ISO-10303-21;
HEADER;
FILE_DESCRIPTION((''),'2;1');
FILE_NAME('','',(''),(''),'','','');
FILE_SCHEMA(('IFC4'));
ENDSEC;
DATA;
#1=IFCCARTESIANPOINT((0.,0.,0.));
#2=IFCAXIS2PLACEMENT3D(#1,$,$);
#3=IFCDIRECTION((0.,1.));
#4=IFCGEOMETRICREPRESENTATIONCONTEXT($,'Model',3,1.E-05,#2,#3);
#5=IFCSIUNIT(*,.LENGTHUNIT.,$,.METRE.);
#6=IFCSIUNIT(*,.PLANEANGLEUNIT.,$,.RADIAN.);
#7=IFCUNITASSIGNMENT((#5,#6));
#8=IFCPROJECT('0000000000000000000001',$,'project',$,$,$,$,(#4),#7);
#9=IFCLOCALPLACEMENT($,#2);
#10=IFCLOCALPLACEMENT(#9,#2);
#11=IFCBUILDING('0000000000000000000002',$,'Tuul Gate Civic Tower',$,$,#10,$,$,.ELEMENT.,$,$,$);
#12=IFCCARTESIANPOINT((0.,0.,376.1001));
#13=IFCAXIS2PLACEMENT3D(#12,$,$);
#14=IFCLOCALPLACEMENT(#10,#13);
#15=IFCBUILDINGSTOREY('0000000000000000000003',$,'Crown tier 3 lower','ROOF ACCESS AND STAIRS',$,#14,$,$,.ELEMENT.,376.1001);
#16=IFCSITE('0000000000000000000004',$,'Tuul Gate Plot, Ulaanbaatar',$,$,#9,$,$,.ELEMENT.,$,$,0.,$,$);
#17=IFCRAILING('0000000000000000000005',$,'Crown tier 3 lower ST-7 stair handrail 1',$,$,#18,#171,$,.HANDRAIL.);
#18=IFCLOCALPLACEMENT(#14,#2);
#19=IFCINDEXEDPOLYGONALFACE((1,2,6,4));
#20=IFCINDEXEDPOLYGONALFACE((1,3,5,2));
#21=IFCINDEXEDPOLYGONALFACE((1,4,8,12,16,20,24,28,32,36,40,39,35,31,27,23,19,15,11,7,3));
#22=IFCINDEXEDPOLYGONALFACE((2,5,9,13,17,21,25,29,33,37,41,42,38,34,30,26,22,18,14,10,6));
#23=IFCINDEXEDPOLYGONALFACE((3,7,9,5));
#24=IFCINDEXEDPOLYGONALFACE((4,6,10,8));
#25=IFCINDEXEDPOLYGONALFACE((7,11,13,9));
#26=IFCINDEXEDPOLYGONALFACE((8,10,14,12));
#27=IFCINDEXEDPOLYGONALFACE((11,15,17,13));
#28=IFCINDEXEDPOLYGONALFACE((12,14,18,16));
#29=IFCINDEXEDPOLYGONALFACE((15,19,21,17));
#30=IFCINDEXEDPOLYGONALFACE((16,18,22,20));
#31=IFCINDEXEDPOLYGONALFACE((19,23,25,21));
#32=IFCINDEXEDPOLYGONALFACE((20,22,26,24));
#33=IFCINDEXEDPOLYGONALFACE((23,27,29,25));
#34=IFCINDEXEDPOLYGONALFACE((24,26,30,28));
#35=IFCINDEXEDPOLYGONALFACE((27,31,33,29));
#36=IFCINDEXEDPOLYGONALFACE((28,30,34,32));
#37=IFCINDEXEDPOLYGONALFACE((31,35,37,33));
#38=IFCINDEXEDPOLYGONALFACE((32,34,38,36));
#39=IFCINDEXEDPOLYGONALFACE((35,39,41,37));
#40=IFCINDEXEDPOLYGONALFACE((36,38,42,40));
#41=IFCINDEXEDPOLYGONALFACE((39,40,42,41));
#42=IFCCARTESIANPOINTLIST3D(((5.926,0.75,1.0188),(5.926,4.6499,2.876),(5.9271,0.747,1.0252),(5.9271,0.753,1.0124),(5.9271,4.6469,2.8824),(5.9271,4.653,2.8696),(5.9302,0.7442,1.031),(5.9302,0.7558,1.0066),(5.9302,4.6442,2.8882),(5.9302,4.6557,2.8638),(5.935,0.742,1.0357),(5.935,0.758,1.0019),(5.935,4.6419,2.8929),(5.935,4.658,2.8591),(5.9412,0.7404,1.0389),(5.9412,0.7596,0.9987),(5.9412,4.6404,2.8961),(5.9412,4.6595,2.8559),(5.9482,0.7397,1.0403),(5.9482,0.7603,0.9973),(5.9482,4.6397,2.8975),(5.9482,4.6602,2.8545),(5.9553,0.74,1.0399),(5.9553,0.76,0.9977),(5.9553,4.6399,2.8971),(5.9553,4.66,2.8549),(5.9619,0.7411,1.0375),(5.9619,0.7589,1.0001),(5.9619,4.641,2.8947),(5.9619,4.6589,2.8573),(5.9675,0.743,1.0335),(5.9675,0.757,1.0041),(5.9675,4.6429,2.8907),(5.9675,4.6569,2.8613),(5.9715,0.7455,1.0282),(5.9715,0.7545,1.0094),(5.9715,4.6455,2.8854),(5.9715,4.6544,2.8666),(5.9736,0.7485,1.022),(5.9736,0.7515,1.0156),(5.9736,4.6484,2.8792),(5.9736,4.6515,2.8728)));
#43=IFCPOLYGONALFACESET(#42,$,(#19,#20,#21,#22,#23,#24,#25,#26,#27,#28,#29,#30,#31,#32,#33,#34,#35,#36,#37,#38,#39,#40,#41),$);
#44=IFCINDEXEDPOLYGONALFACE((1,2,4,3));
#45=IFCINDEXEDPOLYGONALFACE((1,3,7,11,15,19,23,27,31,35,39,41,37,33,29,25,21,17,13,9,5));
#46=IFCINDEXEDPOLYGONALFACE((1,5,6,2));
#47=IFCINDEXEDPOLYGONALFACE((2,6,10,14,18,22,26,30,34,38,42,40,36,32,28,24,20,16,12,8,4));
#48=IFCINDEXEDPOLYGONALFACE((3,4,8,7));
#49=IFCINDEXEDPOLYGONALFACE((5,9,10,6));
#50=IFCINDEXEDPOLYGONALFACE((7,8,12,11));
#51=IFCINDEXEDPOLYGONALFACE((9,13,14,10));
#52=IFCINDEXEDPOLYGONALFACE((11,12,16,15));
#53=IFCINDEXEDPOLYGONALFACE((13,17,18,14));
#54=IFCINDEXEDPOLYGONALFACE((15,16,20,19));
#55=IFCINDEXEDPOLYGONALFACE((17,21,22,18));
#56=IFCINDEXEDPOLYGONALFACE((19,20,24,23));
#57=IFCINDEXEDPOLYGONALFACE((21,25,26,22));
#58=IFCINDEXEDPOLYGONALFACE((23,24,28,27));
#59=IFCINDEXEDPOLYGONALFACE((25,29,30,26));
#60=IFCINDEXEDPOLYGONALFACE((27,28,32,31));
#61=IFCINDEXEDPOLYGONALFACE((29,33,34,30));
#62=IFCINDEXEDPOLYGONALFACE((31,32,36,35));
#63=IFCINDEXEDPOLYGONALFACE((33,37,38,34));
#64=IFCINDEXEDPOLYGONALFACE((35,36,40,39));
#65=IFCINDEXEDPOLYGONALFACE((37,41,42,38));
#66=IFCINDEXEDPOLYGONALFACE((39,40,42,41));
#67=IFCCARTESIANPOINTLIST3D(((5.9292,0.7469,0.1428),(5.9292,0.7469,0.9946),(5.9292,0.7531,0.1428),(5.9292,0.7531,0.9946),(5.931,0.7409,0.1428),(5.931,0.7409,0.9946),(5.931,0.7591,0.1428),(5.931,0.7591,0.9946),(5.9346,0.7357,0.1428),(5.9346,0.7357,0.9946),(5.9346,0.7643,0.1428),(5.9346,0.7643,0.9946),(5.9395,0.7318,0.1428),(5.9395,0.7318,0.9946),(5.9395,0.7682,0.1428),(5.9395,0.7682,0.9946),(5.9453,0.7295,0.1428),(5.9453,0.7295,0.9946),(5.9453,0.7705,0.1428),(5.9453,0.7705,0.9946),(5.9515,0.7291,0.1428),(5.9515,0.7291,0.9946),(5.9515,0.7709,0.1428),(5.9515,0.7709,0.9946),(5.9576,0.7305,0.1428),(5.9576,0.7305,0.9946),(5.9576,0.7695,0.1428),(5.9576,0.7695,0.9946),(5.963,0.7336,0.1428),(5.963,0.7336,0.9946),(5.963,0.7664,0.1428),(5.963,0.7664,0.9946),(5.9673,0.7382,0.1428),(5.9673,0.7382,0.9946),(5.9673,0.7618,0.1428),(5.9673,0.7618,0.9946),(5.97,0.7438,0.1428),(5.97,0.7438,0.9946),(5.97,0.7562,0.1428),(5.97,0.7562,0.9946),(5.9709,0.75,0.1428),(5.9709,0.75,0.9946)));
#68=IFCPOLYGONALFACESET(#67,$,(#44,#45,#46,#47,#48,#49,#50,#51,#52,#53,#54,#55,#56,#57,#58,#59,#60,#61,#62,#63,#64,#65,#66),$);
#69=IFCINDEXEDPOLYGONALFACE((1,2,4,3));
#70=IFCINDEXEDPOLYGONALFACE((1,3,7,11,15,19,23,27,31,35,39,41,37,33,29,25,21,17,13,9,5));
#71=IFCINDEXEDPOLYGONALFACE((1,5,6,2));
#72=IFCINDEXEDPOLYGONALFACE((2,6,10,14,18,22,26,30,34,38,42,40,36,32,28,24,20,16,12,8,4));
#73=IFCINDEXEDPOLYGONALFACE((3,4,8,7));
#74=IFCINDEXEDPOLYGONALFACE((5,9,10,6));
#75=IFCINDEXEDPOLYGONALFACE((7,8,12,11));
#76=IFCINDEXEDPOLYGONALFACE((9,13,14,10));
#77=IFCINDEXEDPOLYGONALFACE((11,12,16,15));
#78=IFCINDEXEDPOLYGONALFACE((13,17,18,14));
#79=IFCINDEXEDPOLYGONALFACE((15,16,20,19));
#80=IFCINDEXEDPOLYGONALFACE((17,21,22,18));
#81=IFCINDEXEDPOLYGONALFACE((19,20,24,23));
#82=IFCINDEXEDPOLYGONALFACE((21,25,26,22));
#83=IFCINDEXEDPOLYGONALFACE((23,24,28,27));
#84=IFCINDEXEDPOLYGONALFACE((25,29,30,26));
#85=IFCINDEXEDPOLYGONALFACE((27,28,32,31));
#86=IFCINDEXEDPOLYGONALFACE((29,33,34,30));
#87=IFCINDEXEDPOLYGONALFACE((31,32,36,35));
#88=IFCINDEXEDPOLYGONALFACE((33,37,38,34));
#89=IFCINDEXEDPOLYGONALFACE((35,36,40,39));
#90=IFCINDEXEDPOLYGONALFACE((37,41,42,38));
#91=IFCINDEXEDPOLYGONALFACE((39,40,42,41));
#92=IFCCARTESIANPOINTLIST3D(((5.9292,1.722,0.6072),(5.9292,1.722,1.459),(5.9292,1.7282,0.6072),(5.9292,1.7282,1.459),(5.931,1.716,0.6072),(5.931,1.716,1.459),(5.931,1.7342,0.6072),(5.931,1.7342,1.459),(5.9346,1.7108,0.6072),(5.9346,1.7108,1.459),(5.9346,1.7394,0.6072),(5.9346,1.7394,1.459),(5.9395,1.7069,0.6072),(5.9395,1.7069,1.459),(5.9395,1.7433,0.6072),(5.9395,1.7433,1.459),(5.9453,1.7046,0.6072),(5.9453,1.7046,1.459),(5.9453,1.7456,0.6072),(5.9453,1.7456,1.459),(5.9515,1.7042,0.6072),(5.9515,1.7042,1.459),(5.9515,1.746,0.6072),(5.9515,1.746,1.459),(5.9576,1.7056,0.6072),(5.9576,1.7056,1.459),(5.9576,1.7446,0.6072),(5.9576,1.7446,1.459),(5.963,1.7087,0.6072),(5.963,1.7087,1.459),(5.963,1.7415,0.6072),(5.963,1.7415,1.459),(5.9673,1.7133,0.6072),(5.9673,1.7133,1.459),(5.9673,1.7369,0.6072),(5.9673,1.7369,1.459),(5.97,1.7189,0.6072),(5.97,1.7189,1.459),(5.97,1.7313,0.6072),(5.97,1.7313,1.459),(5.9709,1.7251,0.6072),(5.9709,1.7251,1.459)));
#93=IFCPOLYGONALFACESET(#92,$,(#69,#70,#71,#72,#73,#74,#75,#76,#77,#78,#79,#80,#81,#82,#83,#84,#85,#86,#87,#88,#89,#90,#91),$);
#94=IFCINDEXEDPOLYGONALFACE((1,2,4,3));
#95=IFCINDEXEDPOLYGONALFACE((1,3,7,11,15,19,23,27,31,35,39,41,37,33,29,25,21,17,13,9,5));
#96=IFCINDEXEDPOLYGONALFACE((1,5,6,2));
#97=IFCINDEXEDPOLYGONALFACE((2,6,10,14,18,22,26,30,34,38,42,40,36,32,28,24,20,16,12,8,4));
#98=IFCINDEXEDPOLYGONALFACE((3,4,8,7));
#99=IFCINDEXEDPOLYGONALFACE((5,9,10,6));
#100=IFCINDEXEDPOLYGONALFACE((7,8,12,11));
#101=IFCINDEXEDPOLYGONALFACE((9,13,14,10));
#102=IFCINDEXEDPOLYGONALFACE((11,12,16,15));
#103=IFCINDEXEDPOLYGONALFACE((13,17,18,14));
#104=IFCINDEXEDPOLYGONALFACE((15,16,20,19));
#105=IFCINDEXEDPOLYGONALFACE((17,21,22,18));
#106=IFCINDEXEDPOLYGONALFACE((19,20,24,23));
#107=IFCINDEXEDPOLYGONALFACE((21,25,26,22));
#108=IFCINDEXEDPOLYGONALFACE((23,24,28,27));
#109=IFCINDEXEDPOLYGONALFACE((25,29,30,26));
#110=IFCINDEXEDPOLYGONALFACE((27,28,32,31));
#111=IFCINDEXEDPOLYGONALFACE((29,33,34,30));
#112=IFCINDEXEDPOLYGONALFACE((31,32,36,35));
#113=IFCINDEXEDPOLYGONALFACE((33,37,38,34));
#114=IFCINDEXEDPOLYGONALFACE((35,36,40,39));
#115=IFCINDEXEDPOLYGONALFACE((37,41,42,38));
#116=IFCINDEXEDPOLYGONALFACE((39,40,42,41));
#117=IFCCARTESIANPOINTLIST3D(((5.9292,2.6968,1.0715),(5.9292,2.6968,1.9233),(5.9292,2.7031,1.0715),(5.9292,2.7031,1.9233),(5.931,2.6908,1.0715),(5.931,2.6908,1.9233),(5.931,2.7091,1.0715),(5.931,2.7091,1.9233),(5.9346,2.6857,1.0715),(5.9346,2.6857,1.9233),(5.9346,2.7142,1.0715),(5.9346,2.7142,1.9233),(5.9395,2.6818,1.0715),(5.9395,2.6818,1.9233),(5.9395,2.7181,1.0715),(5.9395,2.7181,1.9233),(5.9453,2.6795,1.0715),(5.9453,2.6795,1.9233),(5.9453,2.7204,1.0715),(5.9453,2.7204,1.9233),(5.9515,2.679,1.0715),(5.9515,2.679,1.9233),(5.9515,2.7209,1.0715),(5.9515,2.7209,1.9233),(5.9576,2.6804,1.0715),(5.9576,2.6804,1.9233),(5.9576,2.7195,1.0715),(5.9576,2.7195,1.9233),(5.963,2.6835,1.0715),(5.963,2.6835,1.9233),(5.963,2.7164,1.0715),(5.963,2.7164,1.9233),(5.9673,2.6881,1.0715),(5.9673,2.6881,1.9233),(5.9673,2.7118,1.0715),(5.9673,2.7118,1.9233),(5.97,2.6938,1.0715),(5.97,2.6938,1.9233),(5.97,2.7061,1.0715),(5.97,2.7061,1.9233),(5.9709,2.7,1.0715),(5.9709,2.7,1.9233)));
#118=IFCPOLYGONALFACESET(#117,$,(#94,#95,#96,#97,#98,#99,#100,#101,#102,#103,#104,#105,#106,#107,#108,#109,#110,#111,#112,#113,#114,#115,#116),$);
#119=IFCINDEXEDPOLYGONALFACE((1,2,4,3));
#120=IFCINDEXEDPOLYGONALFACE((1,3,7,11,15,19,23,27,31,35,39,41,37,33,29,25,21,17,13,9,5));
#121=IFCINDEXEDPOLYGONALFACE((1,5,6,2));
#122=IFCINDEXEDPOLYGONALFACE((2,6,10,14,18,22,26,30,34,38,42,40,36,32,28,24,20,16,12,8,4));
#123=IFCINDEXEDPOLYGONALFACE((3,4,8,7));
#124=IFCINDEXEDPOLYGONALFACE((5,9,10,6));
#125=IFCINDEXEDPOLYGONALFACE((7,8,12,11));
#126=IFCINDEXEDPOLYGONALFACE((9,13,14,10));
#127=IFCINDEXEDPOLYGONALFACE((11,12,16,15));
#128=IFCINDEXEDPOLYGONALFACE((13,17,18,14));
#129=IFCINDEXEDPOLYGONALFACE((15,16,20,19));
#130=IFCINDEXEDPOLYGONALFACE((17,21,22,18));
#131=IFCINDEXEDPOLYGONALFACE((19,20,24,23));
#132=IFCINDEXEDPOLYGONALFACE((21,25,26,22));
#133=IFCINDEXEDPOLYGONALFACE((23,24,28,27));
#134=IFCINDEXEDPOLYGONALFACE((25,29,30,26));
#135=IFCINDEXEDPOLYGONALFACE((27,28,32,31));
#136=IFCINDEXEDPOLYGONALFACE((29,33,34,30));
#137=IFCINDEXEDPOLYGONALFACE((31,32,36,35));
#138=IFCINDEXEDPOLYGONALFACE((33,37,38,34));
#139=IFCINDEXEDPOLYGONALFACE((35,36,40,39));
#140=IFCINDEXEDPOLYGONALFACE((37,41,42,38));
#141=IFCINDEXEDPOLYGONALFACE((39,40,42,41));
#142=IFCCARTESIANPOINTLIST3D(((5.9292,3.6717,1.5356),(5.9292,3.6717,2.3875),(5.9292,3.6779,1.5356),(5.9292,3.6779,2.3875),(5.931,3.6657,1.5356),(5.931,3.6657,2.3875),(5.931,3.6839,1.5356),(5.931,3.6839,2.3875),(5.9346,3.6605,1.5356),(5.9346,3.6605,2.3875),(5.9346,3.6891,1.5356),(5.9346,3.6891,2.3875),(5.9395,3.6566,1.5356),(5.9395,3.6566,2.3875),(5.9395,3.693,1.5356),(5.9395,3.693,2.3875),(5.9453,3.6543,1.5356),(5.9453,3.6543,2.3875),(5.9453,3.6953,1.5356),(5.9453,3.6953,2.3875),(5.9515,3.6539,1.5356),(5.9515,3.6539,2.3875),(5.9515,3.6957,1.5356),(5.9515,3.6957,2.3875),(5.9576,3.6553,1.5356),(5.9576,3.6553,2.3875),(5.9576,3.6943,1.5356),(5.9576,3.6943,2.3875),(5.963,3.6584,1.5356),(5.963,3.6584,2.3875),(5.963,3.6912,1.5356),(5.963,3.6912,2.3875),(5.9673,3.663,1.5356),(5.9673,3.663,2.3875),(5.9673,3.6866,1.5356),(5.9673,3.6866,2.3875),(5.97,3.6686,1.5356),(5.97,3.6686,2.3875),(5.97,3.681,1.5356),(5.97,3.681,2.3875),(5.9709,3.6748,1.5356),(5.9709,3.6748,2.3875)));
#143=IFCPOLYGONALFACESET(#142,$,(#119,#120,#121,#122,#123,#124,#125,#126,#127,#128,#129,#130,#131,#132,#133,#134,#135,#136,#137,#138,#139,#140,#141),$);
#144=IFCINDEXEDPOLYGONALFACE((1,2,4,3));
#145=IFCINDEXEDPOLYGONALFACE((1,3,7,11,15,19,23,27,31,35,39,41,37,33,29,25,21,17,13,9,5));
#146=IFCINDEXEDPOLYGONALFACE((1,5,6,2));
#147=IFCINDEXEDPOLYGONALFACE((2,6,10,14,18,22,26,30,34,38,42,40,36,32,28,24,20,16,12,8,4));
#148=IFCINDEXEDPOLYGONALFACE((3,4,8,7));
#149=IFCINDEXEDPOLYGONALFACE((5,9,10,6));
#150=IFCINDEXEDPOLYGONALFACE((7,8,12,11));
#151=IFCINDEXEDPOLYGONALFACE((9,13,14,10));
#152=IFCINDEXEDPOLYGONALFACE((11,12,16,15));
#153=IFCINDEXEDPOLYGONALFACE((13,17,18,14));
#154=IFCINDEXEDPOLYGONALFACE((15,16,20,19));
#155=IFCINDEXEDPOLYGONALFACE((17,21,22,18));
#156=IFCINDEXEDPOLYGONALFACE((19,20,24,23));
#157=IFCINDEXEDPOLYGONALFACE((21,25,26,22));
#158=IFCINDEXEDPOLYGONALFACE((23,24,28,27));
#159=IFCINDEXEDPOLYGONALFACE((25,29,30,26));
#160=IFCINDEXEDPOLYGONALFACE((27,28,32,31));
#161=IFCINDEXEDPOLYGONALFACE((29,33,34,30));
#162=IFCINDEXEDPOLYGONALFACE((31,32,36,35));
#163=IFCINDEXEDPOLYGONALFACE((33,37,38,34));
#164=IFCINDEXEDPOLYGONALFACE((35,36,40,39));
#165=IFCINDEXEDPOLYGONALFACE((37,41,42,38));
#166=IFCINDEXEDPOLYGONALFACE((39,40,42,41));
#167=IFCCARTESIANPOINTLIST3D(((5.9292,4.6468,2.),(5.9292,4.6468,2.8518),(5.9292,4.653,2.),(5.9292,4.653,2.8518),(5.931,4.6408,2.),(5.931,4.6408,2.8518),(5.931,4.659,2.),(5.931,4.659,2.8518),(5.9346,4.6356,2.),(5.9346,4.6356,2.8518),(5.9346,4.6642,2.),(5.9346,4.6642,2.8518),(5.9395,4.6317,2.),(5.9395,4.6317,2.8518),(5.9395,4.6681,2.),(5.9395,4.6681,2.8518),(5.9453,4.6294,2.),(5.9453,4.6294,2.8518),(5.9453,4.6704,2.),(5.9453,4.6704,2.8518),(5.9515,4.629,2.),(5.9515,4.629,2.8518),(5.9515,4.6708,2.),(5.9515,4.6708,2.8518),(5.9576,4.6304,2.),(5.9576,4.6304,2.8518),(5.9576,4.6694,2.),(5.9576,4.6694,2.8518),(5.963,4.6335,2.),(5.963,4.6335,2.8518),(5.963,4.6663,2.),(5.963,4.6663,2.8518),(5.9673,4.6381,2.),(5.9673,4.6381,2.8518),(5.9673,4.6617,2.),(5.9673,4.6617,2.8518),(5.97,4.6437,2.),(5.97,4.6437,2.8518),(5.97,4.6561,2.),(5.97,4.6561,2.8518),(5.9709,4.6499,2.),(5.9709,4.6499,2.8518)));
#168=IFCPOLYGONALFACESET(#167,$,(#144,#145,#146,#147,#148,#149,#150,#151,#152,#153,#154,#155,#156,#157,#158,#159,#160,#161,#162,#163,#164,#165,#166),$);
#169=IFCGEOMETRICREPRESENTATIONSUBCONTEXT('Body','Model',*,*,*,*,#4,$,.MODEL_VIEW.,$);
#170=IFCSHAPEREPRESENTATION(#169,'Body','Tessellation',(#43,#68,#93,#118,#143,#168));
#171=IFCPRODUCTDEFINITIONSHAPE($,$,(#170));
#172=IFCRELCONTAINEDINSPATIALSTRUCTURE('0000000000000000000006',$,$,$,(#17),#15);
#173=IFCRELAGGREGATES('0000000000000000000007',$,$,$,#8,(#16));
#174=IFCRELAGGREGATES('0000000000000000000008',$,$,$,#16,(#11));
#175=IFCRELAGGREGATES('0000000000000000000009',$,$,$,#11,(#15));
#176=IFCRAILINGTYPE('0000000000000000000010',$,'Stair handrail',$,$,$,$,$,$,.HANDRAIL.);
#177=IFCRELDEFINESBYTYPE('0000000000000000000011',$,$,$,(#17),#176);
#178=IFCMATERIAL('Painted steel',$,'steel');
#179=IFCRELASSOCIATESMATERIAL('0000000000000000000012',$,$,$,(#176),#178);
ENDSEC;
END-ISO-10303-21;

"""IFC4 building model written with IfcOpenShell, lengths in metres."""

from ifc_helpers import new_model, si_unit, direction, frame, origin, origin_2d, place, context, subcontext, project, spatial, circle, extrude, material, type_object, element, save


model = new_model("IFC4")

# Units and contexts
model_context = context("Model", 3, precision=1e-05, world=origin(), true_north=direction((0.0, 1.0)))
body_context = subcontext(model_context, "Body", "Model", "MODEL_VIEW")
ifc_project = project(units=[si_unit("LENGTHUNIT", "METRE"), si_unit("PLANEANGLEUNIT", "RADIAN")], contexts=[model_context])

# Site, building, storey
site_placement = place(None, origin())
site = spatial("IfcSite", under=ifc_project, at=site_placement, Name="Tuul Gate Plot, Ulaanbaatar", CompositionType="ELEMENT", RefElevation=0.0)
building_placement = place(site_placement, origin())
building = spatial("IfcBuilding", under=site, at=building_placement, Name="Tuul Gate Civic Tower", CompositionType="ELEMENT")
storey_placement = place(building_placement, frame((0.0, 0.0, 376.1001)))
storey = spatial("IfcBuildingStorey", under=building, at=storey_placement, Name="Crown tier 3 lower", Description="ROOF ACCESS AND STAIRS", CompositionType="ELEMENT", Elevation=376.1001)

# Railing
ifc_material_1 = material(Name="Painted steel", Category="steel")
railing_type_1 = type_object("IfcRailingType", Name="Stair handrail", PredefinedType="HANDRAIL", material=ifc_material_1)
railing_1_placement = place(storey_placement, frame((5.95, 0.75, 0.1428)))
element("IfcRailing", 1, at=railing_1_placement, inside=storey, type_object=railing_type_1, Name="Crown tier 3 lower ST-7 stair handrail 1", PredefinedType="HANDRAIL", context=body_context, shape_type="SweptSolid", body=[
    extrude(circle(Radius=0.0239, at=origin_2d()), frame((0.0, 0.0, 0.876), z_axis=(0.0, 0.902853, 0.429949), x_axis=(-1.0, 0.0, 0.0)), (0.0, 0.0, 1.0), 4.3196),
    extrude(circle(Radius=0.021, at=origin_2d()), origin(), (0.0, 0.0, 1.0), 0.8518),
    extrude(circle(Radius=0.021, at=origin_2d()), frame((0.0, 0.9751, 0.4644)), (0.0, 0.0, 1.0), 0.8518),
    extrude(circle(Radius=0.021, at=origin_2d()), frame((0.0, 1.95, 0.9287)), (0.0, 0.0, 1.0), 0.8518),
    extrude(circle(Radius=0.021, at=origin_2d()), frame((0.0, 2.9248, 1.3928)), (0.0, 0.0, 1.0), 0.8518),
    extrude(circle(Radius=0.021, at=origin_2d()), frame((0.0, 3.8999, 1.8572)), (0.0, 0.0, 1.0), 0.8518),
])

save(model, "model.ifc")
